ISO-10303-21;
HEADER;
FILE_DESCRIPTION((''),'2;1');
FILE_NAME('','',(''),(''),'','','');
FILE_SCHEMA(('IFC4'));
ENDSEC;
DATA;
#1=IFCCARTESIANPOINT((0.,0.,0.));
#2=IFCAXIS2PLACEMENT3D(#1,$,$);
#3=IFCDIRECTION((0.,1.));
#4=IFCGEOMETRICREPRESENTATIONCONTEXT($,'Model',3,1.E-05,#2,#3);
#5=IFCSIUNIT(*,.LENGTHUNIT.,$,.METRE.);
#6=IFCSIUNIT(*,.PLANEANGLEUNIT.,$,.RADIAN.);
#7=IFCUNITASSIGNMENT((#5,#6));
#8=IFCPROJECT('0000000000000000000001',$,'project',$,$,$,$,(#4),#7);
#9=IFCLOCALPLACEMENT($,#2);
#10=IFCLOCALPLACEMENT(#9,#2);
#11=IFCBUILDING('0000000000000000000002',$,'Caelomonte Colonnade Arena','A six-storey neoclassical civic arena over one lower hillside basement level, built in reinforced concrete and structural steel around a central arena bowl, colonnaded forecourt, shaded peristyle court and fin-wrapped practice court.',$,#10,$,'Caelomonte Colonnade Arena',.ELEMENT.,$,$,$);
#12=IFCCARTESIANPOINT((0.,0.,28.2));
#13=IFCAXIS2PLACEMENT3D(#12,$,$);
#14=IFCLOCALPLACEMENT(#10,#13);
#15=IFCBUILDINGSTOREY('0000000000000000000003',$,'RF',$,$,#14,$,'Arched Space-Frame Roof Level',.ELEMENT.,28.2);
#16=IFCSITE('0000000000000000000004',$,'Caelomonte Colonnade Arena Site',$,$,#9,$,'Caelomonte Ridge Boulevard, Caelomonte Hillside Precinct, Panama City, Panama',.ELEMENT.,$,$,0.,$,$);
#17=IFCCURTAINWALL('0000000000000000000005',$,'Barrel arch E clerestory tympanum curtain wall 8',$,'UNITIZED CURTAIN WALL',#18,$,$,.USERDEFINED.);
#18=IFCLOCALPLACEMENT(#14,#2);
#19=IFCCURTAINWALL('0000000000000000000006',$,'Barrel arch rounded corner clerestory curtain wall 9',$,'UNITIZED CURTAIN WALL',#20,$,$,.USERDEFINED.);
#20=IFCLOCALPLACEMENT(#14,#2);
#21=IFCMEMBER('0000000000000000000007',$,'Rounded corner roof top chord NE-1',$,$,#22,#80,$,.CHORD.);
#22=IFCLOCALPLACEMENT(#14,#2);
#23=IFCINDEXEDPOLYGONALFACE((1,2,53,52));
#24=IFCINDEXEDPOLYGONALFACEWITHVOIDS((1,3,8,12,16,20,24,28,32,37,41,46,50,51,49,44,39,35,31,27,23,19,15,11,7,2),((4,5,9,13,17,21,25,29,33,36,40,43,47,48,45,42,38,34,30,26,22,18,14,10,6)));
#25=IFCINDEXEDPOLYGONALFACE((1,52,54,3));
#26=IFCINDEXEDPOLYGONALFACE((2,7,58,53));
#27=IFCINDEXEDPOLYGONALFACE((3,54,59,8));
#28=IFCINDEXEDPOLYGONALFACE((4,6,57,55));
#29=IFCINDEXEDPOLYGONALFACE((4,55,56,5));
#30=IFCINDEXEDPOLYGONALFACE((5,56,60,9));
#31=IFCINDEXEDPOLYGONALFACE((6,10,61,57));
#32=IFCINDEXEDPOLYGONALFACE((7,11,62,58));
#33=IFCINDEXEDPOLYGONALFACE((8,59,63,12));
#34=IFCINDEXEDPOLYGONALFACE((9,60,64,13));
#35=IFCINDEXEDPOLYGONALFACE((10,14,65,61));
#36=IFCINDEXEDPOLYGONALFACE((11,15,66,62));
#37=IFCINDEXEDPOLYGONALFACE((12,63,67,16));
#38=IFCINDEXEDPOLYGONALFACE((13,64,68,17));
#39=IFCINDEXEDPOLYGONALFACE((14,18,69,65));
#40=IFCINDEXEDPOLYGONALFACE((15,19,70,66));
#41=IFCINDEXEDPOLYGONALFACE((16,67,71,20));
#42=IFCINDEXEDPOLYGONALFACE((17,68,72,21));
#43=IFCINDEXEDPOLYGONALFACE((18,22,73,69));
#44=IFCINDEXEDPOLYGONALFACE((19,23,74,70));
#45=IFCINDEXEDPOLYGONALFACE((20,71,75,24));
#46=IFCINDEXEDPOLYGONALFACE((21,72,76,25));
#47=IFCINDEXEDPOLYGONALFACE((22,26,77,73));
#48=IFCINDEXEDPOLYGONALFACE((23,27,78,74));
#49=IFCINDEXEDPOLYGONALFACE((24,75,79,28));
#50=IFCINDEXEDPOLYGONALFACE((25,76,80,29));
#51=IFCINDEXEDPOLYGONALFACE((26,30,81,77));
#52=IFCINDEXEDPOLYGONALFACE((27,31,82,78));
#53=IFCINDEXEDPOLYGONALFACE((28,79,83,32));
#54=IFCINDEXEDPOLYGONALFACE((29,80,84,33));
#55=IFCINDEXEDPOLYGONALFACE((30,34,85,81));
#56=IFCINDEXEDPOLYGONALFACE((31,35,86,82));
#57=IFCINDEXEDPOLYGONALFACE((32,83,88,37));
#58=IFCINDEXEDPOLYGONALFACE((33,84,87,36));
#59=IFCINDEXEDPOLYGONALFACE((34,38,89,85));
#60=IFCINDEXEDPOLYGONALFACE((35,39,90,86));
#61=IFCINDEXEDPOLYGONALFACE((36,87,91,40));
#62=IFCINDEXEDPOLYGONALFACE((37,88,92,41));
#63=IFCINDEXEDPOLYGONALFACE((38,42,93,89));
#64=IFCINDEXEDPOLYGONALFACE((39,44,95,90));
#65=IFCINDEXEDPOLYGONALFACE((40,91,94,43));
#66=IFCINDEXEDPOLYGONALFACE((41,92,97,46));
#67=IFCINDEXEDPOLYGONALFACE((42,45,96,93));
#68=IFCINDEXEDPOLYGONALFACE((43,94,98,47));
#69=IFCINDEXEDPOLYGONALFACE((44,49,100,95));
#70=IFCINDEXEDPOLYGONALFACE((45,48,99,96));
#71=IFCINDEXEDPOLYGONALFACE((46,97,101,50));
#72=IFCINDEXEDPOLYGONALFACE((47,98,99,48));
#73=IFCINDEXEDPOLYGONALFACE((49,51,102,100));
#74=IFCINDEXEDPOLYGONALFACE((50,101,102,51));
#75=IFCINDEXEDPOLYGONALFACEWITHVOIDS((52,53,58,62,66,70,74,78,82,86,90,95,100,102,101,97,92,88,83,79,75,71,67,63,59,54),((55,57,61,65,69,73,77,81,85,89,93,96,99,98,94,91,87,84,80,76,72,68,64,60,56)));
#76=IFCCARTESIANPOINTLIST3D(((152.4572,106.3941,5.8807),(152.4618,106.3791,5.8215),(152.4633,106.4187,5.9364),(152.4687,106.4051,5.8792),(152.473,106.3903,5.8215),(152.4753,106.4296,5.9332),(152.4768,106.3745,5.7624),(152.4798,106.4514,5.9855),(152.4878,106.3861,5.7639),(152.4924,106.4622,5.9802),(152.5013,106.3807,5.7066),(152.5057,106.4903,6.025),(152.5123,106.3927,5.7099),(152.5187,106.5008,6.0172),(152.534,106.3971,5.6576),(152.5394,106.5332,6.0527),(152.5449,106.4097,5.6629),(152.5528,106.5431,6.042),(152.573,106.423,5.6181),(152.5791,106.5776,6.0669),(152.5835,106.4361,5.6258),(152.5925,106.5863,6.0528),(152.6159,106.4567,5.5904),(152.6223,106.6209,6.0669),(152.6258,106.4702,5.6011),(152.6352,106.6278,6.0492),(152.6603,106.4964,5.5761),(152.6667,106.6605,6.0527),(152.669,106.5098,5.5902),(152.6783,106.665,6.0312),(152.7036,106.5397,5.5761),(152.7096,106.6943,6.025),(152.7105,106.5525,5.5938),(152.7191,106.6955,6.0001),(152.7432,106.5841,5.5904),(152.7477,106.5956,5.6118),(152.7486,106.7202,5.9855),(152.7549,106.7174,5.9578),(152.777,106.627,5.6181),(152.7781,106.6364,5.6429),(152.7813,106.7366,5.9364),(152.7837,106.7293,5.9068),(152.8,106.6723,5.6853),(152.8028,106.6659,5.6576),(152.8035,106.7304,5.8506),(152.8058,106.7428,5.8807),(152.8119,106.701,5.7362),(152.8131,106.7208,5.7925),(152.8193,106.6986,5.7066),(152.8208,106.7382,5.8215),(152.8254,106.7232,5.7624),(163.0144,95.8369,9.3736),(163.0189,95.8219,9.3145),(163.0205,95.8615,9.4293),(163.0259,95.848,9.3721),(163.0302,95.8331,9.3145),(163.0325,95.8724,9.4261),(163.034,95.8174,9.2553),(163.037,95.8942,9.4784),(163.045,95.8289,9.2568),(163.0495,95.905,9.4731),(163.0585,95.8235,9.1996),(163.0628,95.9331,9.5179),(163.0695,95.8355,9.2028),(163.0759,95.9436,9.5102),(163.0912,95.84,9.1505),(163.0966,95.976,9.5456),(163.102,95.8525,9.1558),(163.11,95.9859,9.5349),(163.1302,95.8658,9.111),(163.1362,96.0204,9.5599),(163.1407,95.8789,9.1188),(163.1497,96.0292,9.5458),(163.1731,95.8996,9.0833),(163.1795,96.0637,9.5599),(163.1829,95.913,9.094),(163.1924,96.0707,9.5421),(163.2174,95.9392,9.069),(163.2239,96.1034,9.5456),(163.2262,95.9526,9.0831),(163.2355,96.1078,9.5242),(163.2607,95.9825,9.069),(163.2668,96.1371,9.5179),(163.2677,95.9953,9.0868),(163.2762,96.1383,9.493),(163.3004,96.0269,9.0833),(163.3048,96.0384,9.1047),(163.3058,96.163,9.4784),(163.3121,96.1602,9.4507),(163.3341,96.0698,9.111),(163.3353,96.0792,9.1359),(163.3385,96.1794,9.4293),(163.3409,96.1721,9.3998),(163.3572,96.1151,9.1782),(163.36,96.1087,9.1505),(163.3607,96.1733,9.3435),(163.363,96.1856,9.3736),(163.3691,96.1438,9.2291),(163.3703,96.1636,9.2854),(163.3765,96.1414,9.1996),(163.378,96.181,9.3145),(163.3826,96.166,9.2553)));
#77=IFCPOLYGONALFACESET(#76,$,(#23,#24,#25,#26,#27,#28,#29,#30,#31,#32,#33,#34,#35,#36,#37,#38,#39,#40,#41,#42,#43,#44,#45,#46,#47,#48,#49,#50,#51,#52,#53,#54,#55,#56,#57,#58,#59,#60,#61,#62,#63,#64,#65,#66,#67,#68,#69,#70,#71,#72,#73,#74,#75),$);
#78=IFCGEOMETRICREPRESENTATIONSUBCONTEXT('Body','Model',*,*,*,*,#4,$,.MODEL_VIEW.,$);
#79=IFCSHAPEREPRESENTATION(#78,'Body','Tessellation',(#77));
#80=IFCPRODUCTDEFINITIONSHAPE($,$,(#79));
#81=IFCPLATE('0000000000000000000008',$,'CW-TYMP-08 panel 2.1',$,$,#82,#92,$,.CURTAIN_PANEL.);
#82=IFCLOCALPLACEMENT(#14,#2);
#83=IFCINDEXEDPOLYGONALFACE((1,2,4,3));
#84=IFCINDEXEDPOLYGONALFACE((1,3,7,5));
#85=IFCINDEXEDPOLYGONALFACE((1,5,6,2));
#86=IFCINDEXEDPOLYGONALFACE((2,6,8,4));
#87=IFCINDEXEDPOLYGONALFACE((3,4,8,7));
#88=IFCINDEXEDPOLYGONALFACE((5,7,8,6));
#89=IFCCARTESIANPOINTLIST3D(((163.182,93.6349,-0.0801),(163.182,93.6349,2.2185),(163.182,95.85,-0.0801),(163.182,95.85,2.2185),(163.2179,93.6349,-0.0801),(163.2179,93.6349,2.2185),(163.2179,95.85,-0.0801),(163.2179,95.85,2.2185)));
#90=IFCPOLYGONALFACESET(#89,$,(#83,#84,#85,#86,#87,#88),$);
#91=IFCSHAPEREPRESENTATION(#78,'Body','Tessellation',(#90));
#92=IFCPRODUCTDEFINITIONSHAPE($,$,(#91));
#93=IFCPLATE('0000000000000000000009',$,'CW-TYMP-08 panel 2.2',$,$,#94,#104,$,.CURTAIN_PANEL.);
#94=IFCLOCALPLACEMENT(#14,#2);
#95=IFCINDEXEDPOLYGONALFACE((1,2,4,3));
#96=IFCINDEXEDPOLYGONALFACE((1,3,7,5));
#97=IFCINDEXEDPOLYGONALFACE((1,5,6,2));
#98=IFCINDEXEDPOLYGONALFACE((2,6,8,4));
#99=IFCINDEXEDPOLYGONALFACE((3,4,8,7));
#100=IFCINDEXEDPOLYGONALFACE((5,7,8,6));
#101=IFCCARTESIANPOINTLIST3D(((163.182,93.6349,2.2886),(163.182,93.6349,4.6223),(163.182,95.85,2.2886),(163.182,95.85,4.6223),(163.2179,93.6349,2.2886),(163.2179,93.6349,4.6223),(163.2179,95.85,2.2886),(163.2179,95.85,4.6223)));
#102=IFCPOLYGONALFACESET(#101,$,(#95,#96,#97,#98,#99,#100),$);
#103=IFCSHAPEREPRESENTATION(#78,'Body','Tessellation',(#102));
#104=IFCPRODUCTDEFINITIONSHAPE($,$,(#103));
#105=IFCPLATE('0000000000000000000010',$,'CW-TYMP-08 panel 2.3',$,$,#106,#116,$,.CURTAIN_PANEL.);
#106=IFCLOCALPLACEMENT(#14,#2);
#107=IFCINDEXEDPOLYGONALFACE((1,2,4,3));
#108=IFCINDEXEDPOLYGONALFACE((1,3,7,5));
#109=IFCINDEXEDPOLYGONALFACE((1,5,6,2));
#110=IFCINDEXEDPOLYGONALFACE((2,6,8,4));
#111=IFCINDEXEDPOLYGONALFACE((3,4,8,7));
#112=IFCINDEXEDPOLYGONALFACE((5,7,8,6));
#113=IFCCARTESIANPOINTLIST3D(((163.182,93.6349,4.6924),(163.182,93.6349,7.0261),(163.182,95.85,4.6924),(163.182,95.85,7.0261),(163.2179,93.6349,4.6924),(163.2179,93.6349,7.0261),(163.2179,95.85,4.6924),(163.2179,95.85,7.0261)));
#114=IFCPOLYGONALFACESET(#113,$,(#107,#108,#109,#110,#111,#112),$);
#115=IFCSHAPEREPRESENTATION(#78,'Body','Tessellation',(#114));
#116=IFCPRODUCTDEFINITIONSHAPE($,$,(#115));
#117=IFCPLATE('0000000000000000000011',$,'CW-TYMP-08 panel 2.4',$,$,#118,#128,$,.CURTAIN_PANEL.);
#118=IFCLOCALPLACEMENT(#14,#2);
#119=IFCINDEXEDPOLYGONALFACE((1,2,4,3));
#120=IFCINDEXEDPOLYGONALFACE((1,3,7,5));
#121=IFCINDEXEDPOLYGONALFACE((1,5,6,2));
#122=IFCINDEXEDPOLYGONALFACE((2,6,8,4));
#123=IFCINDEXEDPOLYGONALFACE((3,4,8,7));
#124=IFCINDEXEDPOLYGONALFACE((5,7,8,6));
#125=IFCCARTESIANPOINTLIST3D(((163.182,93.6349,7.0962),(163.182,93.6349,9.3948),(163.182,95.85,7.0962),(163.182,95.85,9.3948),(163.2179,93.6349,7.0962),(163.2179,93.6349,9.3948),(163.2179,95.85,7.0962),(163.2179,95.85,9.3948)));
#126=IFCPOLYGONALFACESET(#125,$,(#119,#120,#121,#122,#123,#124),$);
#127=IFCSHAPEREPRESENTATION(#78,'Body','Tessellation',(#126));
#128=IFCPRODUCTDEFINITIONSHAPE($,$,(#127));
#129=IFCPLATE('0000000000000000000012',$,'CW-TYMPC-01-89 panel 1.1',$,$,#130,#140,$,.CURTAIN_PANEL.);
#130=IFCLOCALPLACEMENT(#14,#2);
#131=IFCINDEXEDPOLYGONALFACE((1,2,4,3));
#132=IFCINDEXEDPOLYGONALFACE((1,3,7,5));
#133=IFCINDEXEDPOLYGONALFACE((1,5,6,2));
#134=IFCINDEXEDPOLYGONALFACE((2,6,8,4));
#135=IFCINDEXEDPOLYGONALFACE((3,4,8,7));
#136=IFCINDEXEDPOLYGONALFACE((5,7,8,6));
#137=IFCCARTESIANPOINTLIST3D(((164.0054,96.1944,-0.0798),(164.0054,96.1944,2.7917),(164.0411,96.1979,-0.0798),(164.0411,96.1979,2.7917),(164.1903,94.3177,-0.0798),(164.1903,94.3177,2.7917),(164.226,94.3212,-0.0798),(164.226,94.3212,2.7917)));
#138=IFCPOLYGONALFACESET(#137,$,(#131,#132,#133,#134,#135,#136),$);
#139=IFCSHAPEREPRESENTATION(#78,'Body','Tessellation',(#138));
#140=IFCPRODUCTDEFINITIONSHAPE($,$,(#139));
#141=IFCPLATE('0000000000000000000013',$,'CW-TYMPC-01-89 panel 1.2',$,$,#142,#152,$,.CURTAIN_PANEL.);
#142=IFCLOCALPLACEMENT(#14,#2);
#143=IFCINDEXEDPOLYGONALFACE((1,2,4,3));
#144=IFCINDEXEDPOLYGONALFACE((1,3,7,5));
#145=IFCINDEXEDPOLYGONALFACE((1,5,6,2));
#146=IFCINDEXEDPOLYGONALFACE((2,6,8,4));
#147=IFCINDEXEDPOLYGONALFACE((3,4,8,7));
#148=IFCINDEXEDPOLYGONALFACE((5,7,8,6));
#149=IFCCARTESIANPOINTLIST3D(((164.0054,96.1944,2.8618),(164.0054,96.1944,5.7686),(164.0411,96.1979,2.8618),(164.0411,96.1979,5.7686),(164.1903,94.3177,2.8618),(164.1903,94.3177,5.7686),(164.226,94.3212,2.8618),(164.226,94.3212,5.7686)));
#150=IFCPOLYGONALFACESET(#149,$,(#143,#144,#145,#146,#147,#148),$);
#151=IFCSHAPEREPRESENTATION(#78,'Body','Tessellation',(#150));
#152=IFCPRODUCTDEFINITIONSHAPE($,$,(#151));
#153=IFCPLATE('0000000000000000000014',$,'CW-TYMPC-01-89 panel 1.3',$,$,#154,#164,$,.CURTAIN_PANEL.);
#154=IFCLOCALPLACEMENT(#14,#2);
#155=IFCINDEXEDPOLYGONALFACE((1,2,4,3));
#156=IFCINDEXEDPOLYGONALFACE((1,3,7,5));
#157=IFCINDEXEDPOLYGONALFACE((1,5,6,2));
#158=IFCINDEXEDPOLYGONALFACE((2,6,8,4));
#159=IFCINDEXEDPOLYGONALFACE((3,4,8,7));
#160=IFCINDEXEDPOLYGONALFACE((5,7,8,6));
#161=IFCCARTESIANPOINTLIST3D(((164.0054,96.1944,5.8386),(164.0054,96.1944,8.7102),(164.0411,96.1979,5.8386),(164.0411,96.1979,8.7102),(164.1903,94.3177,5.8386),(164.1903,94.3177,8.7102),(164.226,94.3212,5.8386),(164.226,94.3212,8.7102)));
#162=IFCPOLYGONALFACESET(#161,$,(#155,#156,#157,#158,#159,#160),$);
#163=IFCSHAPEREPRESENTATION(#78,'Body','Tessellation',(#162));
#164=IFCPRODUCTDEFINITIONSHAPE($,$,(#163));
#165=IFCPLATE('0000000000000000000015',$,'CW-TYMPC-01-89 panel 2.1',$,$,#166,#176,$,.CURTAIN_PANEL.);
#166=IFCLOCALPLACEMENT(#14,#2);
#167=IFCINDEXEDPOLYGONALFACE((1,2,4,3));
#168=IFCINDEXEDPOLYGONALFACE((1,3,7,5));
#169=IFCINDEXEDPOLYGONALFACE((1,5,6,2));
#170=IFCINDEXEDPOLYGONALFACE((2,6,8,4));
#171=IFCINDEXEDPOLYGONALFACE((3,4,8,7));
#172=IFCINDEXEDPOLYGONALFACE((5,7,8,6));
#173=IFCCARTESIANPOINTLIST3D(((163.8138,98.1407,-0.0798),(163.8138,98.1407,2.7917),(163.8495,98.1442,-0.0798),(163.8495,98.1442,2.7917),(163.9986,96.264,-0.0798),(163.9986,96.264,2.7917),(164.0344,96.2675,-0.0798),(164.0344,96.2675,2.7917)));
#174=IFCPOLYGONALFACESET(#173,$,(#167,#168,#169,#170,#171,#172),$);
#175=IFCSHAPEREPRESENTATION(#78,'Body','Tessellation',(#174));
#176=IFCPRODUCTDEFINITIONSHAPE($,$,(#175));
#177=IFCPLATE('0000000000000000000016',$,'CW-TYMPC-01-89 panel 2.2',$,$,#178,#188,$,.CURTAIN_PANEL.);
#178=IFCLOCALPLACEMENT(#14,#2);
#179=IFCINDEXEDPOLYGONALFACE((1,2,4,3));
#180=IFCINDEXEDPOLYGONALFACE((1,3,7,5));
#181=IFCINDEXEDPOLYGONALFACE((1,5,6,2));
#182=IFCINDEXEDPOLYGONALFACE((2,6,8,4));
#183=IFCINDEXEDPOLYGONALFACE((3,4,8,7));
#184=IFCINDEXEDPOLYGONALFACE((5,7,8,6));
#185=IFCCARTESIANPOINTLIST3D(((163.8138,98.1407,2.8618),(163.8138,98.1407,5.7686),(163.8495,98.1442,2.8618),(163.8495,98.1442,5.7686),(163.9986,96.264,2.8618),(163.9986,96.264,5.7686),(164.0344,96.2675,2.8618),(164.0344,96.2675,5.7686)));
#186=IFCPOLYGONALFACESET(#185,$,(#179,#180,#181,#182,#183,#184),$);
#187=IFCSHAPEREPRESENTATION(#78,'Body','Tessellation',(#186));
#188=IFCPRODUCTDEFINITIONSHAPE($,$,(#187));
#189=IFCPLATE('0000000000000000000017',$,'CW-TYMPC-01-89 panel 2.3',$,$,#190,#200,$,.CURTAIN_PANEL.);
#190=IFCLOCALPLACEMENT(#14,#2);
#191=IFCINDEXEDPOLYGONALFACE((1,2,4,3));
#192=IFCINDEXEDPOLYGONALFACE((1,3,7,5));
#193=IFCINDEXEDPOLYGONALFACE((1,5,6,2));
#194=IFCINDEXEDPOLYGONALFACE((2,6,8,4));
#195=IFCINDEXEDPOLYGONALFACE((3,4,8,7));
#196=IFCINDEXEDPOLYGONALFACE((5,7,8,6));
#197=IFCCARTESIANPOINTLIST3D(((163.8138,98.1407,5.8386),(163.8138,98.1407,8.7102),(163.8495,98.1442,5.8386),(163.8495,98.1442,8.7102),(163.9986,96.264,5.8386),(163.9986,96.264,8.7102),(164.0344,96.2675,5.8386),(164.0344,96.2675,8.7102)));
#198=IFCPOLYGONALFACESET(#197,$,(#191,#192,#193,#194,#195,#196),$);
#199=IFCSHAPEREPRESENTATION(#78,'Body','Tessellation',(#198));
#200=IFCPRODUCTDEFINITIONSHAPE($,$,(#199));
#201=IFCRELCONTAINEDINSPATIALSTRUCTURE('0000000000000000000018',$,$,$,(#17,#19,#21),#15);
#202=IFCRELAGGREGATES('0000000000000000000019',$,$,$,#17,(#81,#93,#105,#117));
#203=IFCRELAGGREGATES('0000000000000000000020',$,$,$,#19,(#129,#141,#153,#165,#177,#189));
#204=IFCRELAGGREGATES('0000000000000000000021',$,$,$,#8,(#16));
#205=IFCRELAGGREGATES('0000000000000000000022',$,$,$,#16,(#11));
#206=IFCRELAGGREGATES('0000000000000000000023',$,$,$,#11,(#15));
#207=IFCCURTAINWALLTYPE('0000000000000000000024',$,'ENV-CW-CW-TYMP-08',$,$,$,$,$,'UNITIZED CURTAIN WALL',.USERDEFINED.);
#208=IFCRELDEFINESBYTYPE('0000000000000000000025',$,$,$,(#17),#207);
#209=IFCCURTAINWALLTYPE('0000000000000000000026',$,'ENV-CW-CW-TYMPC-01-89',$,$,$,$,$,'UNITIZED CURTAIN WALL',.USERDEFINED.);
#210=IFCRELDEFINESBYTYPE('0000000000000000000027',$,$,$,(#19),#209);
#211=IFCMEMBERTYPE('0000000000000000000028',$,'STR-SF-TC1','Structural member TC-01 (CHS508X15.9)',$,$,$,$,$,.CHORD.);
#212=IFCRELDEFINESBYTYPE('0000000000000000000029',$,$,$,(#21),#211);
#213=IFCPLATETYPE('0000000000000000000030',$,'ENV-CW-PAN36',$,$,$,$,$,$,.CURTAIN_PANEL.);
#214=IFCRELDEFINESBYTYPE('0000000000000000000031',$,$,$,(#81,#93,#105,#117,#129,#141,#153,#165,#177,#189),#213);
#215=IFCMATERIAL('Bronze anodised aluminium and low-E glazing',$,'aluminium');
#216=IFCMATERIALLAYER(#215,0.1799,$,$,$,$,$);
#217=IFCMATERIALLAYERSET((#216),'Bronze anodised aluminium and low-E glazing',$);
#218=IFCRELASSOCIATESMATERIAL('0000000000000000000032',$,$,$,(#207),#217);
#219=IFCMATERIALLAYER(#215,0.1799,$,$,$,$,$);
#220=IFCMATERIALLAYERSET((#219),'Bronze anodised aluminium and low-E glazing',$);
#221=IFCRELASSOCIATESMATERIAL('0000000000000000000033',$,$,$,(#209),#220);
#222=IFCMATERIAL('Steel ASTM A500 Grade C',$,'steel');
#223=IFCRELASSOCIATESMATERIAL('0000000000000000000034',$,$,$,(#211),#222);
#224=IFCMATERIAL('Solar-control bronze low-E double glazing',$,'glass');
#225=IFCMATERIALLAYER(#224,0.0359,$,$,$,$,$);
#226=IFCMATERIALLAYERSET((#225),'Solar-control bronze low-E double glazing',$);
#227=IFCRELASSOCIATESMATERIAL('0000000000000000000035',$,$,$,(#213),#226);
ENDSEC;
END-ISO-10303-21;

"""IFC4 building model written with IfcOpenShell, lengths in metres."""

from ifc_helpers import new_model, si_unit, direction, frame, origin, origin_2d, place, context, subcontext, project, spatial, rectangle, hollow_circle, extrude, material, layer, layer_set, material_profile, profile_set, type_object, element, aggregate, save


model = new_model("IFC4")

# Units and contexts
model_context = context("Model", 3, precision=1e-05, world=origin(), true_north=direction((0.0, 1.0)))
body_context = subcontext(model_context, "Body", "Model", "MODEL_VIEW")
ifc_project = project(units=[si_unit("LENGTHUNIT", "METRE"), si_unit("PLANEANGLEUNIT", "RADIAN")], contexts=[model_context])

# Site, building, storey
site_placement = place(None, origin())
site = spatial("IfcSite", under=ifc_project, at=site_placement, Name="Caelomonte Colonnade Arena Site", LongName="Caelomonte Ridge Boulevard, Caelomonte Hillside Precinct, Panama City, Panama", CompositionType="ELEMENT", RefElevation=0.0)
building_placement = place(site_placement, origin())
building = spatial("IfcBuilding", under=site, at=building_placement, Name="Caelomonte Colonnade Arena", Description="A six-storey neoclassical civic arena over one lower hillside basement level, built in reinforced concrete and structural steel around a central arena bowl, colonnaded forecourt, shaded peristyle court and fin-wrapped practice court.", LongName="Caelomonte Colonnade Arena", CompositionType="ELEMENT")
storey_placement = place(building_placement, frame((0.0, 0.0, 28.2)))
storey = spatial("IfcBuildingStorey", under=building, at=storey_placement, Name="RF", LongName="Arched Space-Frame Roof Level", CompositionType="ELEMENT", Elevation=28.2)

# Curtain wall
ifc_material_1 = material(Name="Bronze anodised aluminium and low-E glazing", Category="aluminium")
ifc_layer_1 = layer(ifc_material_1, 0.1799)
ifc_layer_set_1 = layer_set([ifc_layer_1], Name="Bronze anodised aluminium and low-E glazing")
curtain_wall_type_1 = type_object("IfcCurtainWallType", Name="ENV-CW-CW-TYMP-08", ElementType="UNITIZED CURTAIN WALL", PredefinedType="USERDEFINED", material=ifc_layer_set_1)
curtain_wall_1_placement = place(storey_placement, origin())
curtain_wall_1 = element("IfcCurtainWall", 1, at=curtain_wall_1_placement, inside=storey, type_object=curtain_wall_type_1, Name="Barrel arch E clerestory tympanum curtain wall 8", ObjectType="UNITIZED CURTAIN WALL", PredefinedType="USERDEFINED")

# Curtain wall
ifc_layer_2 = layer(ifc_material_1, 0.1799)
ifc_layer_set_2 = layer_set([ifc_layer_2], Name="Bronze anodised aluminium and low-E glazing")
curtain_wall_type_2 = type_object("IfcCurtainWallType", Name="ENV-CW-CW-TYMPC-01-89", ElementType="UNITIZED CURTAIN WALL", PredefinedType="USERDEFINED", material=ifc_layer_set_2)
curtain_wall_2_placement = place(storey_placement, origin())
curtain_wall_2 = element("IfcCurtainWall", 2, at=curtain_wall_2_placement, inside=storey, type_object=curtain_wall_type_2, Name="Barrel arch rounded corner clerestory curtain wall 9", ObjectType="UNITIZED CURTAIN WALL", PredefinedType="USERDEFINED")

# Member
ifc_material_2 = material(Name="Steel ASTM A500 Grade C", Category="steel")
ifc_material_profile_1 = material_profile(ifc_material_2, hollow_circle(Radius=0.2539, WallThickness=0.0159, at=origin_2d()), Name="CHS508X15.9")
ifc_profile_set_1 = profile_set([ifc_material_profile_1], Name="Steel ASTM A500 Grade C")
member_type_1 = type_object("IfcMemberType", Name="STR-SF-TC1", Description="Structural member TC-01 (CHS508X15.9)", PredefinedType="CHORD", material=ifc_profile_set_1)
member_1_placement = place(storey_placement, frame((163.1985, 96.0015, 9.3145), z_axis=(-0.688515, 0.688515, -0.227801), x_axis=(-0.707107, -0.707107, 0.0)))
element("IfcMember", 3, at=member_1_placement, inside=storey, type_object=member_type_1, Name="Rounded corner roof top chord NE-1", PredefinedType="CHORD", context=body_context, shape_type="SweptSolid", body=[
    extrude(hollow_circle(Radius=0.2539, WallThickness=0.0159, at=origin_2d()), origin(), (0.0, 0.0, 1.0), 15.3333),
])

# Plates
ifc_material_3 = material(Name="Solar-control bronze low-E double glazing", Category="glass")
ifc_layer_3 = layer(ifc_material_3, 0.0359)
ifc_layer_set_3 = layer_set([ifc_layer_3], Name="Solar-control bronze low-E double glazing")
plate_type_1 = type_object("IfcPlateType", Name="ENV-CW-PAN36", PredefinedType="CURTAIN_PANEL", material=ifc_layer_set_3)
plate_1_placement = place(storey_placement, frame((163.2, 94.7424, -0.0801), z_axis=(0.0, 0.0, 1.0), x_axis=(0.0, 1.0, 0.0)))
plate_1 = element("IfcPlate", 4, at=plate_1_placement, type_object=plate_type_1, Name="CW-TYMP-08 panel 2.1", PredefinedType="CURTAIN_PANEL", context=body_context, shape_type="SweptSolid", body=[
    extrude(rectangle(XDim=2.2151, YDim=0.0359, at=origin_2d()), origin(), (0.0, 0.0, 1.0), 2.2986),
])
plate_2_placement = place(storey_placement, frame((163.2, 94.7424, 2.2886), z_axis=(0.0, 0.0, 1.0), x_axis=(0.0, 1.0, 0.0)))
plate_2 = element("IfcPlate", 5, at=plate_2_placement, type_object=plate_type_1, Name="CW-TYMP-08 panel 2.2", PredefinedType="CURTAIN_PANEL", context=body_context, shape_type="SweptSolid", body=[
    extrude(rectangle(XDim=2.2151, YDim=0.0359, at=origin_2d()), origin(), (0.0, 0.0, 1.0), 2.3337),
])
plate_3_placement = place(storey_placement, frame((163.2, 94.7424, 4.6924), z_axis=(0.0, 0.0, 1.0), x_axis=(0.0, 1.0, 0.0)))
plate_3 = element("IfcPlate", 6, at=plate_3_placement, type_object=plate_type_1, Name="CW-TYMP-08 panel 2.3", PredefinedType="CURTAIN_PANEL", context=body_context, shape_type="SweptSolid", body=[
    extrude(rectangle(XDim=2.2151, YDim=0.0359, at=origin_2d()), origin(), (0.0, 0.0, 1.0), 2.3337),
])
plate_4_placement = place(storey_placement, frame((163.2, 94.7424, 7.0962), z_axis=(0.0, 0.0, 1.0), x_axis=(0.0, 1.0, 0.0)))
plate_4 = element("IfcPlate", 7, at=plate_4_placement, type_object=plate_type_1, Name="CW-TYMP-08 panel 2.4", PredefinedType="CURTAIN_PANEL", context=body_context, shape_type="SweptSolid", body=[
    extrude(rectangle(XDim=2.2151, YDim=0.0359, at=origin_2d()), origin(), (0.0, 0.0, 1.0), 2.2986),
])
aggregate(curtain_wall_1, [plate_1, plate_2, plate_3, plate_4])
plate_5_placement = place(storey_placement, frame((164.1157, 95.2578, -0.0798), z_axis=(0.0, 0.0, 1.0), x_axis=(-0.098031, 0.995183, 0.0)))
plate_5 = element("IfcPlate", 8, at=plate_5_placement, type_object=plate_type_1, Name="CW-TYMPC-01-89 panel 1.1", PredefinedType="CURTAIN_PANEL", context=body_context, shape_type="SweptSolid", body=[
    extrude(rectangle(XDim=1.8857, YDim=0.0359, at=origin_2d()), origin(), (0.0, 0.0, 1.0), 2.8716),
])
plate_6_placement = place(storey_placement, frame((164.1157, 95.2578, 2.8618), z_axis=(0.0, 0.0, 1.0), x_axis=(-0.098031, 0.995183, 0.0)))
plate_6 = element("IfcPlate", 9, at=plate_6_placement, type_object=plate_type_1, Name="CW-TYMPC-01-89 panel 1.2", PredefinedType="CURTAIN_PANEL", context=body_context, shape_type="SweptSolid", body=[
    extrude(rectangle(XDim=1.8857, YDim=0.0359, at=origin_2d()), origin(), (0.0, 0.0, 1.0), 2.9067),
])
plate_7_placement = place(storey_placement, frame((164.1157, 95.2578, 5.8386), z_axis=(0.0, 0.0, 1.0), x_axis=(-0.098031, 0.995183, 0.0)))
plate_7 = element("IfcPlate", 10, at=plate_7_placement, type_object=plate_type_1, Name="CW-TYMPC-01-89 panel 1.3", PredefinedType="CURTAIN_PANEL", context=body_context, shape_type="SweptSolid", body=[
    extrude(rectangle(XDim=1.8857, YDim=0.0359, at=origin_2d()), origin(), (0.0, 0.0, 1.0), 2.8716),
])
plate_8_placement = place(storey_placement, frame((163.9241, 97.2041, -0.0798), z_axis=(0.0, 0.0, 1.0), x_axis=(-0.098031, 0.995183, 0.0)))
plate_8 = element("IfcPlate", 11, at=plate_8_placement, type_object=plate_type_1, Name="CW-TYMPC-01-89 panel 2.1", PredefinedType="CURTAIN_PANEL", context=body_context, shape_type="SweptSolid", body=[
    extrude(rectangle(XDim=1.8857, YDim=0.0359, at=origin_2d()), origin(), (0.0, 0.0, 1.0), 2.8716),
])
plate_9_placement = place(storey_placement, frame((163.9241, 97.2041, 2.8618), z_axis=(0.0, 0.0, 1.0), x_axis=(-0.098031, 0.995183, 0.0)))
plate_9 = element("IfcPlate", 12, at=plate_9_placement, type_object=plate_type_1, Name="CW-TYMPC-01-89 panel 2.2", PredefinedType="CURTAIN_PANEL", context=body_context, shape_type="SweptSolid", body=[
    extrude(rectangle(XDim=1.8857, YDim=0.0359, at=origin_2d()), origin(), (0.0, 0.0, 1.0), 2.9067),
])
plate_10_placement = place(storey_placement, frame((163.9241, 97.2041, 5.8386), z_axis=(0.0, 0.0, 1.0), x_axis=(-0.098031, 0.995183, 0.0)))
plate_10 = element("IfcPlate", 13, at=plate_10_placement, type_object=plate_type_1, Name="CW-TYMPC-01-89 panel 2.3", PredefinedType="CURTAIN_PANEL", context=body_context, shape_type="SweptSolid", body=[
    extrude(rectangle(XDim=1.8857, YDim=0.0359, at=origin_2d()), origin(), (0.0, 0.0, 1.0), 2.8716),
])
aggregate(curtain_wall_2, [plate_5, plate_6, plate_7, plate_8, plate_9, plate_10])

save(model, "model.ifc")
